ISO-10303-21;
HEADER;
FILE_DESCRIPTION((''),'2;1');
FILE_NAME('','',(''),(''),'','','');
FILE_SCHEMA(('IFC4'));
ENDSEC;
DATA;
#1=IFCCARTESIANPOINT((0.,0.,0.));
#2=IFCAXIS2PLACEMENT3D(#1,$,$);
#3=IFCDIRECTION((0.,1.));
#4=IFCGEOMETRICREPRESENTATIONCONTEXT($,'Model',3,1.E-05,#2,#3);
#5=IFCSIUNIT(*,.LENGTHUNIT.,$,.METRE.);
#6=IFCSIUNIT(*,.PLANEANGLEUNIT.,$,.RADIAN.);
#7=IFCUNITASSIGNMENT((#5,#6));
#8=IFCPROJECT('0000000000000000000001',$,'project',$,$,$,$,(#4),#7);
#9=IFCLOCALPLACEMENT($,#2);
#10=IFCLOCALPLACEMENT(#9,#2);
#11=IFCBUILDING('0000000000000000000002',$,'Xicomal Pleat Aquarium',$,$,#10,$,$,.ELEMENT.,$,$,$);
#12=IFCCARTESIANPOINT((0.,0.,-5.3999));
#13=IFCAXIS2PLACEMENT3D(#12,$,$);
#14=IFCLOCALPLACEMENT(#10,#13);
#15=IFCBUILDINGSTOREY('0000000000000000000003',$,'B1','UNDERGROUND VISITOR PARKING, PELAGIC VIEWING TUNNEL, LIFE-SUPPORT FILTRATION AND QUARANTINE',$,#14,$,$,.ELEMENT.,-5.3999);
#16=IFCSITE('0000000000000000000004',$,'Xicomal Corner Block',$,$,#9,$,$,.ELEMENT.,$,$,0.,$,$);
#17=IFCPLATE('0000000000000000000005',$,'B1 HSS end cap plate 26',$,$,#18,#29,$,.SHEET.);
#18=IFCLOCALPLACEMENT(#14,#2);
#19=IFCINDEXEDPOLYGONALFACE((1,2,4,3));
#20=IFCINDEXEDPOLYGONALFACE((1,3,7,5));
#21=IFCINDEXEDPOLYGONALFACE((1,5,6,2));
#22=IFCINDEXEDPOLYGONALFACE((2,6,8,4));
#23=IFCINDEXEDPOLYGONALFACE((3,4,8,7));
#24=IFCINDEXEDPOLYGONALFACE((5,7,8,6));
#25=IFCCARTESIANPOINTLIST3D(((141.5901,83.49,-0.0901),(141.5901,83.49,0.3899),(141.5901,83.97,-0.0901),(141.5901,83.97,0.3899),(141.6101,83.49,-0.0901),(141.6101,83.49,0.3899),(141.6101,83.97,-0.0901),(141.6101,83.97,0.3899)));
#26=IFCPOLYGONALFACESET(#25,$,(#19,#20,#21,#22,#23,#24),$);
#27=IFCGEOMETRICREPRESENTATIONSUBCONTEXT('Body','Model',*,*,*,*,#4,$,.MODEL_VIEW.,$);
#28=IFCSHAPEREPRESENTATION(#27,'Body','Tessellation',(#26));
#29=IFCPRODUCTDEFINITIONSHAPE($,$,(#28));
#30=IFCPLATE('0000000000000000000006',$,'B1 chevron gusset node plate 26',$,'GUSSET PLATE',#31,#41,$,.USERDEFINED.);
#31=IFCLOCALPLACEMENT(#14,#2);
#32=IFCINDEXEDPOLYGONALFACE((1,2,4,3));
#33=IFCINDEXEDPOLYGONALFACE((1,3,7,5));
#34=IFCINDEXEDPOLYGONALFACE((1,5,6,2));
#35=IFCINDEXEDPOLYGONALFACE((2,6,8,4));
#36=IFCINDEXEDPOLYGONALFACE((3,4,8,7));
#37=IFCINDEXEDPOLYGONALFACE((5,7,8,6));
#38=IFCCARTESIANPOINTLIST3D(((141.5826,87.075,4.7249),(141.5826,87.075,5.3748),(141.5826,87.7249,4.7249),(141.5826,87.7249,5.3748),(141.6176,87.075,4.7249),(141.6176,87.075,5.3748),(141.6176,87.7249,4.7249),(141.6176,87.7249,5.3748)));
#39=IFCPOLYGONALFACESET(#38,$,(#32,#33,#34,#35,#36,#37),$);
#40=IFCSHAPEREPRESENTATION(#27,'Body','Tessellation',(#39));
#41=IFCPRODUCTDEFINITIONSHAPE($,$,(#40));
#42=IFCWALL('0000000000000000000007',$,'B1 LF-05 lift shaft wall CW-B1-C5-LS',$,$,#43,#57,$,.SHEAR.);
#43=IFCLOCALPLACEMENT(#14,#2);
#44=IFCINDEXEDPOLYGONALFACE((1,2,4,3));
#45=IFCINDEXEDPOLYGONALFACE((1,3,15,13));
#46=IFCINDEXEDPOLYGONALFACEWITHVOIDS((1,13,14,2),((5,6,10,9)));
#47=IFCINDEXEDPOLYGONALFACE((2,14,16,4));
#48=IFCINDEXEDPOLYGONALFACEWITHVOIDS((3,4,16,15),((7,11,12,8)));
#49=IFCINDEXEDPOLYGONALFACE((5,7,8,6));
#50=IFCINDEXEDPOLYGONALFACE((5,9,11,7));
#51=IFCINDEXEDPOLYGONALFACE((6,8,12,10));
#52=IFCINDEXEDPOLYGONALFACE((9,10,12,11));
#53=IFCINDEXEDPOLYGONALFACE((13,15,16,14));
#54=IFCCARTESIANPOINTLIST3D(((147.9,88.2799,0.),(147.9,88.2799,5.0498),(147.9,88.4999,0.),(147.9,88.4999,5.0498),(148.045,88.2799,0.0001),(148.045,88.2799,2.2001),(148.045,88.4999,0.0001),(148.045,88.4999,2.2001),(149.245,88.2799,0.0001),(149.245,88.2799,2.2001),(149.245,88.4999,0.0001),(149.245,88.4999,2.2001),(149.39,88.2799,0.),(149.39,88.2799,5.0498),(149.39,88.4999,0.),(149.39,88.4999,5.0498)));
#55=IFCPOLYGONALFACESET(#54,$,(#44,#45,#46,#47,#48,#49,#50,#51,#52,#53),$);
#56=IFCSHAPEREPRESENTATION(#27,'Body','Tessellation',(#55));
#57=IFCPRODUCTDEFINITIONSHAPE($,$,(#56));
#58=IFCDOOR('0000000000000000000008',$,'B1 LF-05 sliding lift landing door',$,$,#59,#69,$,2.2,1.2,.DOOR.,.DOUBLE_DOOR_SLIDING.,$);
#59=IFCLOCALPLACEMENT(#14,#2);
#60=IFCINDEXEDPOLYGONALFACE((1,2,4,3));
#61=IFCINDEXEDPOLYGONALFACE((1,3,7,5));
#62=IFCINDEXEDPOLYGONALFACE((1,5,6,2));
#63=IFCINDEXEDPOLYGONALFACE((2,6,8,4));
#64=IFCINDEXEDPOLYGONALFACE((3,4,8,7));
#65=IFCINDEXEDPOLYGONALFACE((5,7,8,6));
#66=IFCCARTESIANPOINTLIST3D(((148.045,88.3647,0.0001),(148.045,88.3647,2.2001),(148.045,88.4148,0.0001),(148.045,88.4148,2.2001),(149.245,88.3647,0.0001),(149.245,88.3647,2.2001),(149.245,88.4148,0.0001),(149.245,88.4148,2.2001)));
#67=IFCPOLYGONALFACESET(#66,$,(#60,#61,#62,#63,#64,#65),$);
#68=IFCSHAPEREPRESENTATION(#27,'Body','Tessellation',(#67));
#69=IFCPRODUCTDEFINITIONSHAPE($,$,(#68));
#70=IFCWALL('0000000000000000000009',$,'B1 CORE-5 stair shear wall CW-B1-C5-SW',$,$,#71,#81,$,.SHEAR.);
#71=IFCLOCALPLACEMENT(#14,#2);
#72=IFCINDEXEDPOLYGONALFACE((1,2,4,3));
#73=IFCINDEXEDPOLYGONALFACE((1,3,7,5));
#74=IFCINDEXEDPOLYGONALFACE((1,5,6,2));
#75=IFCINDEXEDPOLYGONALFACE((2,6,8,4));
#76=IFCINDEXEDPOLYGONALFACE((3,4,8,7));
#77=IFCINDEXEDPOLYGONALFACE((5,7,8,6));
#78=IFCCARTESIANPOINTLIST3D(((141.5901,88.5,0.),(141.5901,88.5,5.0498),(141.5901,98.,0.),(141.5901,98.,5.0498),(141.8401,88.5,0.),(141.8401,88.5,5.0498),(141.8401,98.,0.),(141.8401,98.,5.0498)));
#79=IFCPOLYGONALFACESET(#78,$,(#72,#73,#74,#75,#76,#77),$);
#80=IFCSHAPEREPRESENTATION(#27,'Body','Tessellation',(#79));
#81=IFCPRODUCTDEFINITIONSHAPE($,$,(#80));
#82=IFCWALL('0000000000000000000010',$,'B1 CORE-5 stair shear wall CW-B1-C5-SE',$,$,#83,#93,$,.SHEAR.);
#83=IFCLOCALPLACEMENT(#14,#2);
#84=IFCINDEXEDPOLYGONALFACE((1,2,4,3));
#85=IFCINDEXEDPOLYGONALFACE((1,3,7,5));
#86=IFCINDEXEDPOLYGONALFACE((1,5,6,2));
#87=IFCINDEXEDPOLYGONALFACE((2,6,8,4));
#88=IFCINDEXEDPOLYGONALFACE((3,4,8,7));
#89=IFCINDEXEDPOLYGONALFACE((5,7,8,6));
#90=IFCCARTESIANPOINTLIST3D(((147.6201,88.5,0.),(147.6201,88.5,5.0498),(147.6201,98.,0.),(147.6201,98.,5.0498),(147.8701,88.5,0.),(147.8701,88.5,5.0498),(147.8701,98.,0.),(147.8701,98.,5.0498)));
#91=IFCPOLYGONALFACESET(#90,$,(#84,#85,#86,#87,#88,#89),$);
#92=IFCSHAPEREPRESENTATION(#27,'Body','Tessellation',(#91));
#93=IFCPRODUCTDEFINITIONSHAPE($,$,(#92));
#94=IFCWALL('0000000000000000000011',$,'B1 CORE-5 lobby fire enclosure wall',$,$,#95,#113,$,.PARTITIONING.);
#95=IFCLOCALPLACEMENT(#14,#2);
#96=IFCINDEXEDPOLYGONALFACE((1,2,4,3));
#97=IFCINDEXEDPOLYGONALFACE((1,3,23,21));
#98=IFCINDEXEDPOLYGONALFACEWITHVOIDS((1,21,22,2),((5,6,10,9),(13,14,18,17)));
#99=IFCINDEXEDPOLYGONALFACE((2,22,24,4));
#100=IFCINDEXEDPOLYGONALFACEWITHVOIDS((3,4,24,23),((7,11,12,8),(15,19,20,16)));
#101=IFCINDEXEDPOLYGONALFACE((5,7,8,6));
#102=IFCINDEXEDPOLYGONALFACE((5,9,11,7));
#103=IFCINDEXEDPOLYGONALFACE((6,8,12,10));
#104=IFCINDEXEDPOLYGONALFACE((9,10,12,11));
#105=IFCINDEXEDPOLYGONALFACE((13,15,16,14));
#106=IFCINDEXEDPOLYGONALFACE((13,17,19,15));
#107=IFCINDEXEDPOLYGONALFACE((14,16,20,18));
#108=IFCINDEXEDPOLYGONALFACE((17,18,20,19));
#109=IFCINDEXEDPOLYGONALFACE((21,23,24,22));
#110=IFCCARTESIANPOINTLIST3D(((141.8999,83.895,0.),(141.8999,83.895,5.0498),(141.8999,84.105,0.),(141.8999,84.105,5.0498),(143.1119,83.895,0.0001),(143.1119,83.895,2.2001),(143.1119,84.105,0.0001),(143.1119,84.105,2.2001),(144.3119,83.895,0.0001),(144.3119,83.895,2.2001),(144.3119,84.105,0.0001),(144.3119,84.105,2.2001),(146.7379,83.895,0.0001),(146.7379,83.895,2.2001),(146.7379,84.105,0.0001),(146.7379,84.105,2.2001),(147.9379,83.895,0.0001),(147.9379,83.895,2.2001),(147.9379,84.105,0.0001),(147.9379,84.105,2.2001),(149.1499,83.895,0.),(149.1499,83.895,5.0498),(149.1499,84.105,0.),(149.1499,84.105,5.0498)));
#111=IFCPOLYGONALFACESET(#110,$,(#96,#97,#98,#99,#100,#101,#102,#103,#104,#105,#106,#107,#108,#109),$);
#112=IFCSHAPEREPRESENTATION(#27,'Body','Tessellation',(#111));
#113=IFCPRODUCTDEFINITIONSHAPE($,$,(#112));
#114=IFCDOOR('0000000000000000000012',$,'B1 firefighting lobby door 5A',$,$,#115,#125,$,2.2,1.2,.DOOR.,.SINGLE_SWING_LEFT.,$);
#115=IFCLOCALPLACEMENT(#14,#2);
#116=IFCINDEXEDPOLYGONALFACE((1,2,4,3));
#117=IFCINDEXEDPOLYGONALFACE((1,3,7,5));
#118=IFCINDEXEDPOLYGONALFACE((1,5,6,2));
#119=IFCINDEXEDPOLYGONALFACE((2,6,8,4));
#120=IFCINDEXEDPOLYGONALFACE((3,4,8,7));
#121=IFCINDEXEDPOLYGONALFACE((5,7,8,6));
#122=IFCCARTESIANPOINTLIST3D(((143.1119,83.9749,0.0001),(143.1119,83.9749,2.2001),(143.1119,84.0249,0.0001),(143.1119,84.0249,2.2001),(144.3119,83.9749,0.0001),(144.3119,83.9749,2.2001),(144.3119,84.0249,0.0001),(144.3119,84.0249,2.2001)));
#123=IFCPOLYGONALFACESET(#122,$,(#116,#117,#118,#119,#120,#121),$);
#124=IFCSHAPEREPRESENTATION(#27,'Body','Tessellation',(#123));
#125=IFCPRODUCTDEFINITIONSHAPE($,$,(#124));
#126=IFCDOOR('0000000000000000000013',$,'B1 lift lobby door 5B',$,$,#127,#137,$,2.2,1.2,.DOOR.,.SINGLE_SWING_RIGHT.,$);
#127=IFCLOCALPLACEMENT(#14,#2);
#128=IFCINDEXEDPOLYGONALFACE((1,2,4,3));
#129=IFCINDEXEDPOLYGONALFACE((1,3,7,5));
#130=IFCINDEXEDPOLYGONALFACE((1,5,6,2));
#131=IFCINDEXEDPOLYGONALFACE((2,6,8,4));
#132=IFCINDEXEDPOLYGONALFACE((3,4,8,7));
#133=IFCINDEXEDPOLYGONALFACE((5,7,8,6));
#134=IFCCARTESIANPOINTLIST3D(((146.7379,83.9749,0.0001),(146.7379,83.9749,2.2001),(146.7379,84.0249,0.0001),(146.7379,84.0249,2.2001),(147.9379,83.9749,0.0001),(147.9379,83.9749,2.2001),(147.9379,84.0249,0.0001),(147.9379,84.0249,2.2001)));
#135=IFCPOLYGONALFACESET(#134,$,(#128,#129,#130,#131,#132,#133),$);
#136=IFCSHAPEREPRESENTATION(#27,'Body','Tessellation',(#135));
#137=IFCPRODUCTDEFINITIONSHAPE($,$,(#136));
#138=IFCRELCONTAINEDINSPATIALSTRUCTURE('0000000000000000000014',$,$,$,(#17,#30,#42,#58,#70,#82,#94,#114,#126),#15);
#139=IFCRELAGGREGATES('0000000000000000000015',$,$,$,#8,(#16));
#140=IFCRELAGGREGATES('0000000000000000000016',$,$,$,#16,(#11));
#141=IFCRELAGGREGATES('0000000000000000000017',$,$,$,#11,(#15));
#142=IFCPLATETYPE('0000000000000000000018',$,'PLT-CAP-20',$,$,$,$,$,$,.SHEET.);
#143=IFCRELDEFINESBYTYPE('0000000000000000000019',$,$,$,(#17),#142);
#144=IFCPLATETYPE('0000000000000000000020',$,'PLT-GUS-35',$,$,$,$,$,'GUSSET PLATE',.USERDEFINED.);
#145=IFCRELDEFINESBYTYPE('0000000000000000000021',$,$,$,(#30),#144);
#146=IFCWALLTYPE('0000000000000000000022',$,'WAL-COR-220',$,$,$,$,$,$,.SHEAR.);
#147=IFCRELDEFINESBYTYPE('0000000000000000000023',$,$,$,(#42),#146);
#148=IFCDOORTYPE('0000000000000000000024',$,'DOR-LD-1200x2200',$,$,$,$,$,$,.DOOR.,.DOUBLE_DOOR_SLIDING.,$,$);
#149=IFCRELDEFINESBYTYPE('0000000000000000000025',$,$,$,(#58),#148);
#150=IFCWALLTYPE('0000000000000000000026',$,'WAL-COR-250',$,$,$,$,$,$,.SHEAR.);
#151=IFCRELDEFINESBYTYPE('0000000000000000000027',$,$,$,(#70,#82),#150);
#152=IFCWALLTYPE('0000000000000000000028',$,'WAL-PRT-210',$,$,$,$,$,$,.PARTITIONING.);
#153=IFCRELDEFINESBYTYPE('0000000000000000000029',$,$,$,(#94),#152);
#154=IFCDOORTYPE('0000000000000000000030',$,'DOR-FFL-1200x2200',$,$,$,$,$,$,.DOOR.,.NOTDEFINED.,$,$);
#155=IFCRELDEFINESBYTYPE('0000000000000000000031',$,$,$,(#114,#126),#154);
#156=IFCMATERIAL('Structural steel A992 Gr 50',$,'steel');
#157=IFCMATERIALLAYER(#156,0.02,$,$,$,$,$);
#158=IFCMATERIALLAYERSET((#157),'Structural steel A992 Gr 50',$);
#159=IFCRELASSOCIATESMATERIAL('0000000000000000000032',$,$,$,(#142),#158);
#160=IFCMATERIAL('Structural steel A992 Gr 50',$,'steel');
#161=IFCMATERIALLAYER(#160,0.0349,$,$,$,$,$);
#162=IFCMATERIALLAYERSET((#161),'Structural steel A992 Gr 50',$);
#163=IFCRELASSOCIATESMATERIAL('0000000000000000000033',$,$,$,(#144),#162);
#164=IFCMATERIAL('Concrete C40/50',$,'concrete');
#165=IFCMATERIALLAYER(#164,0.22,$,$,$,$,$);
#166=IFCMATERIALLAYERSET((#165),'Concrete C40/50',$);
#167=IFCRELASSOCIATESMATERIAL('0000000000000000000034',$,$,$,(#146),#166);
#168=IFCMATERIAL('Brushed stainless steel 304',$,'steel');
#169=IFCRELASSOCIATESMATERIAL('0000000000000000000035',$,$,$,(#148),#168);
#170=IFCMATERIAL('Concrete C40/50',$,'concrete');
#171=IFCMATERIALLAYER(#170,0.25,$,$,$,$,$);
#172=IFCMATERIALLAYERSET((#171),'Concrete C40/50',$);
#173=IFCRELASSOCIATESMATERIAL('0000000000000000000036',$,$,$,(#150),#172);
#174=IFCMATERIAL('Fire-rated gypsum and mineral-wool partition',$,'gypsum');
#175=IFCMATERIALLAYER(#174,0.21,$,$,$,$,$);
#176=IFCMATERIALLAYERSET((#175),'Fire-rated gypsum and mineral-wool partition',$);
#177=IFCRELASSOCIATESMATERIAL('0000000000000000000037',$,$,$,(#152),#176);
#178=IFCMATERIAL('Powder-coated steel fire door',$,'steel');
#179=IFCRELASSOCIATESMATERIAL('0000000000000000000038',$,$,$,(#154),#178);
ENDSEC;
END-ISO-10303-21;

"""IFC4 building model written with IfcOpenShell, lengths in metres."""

from ifc_helpers import new_model, si_unit, direction, frame, frame_2d, origin, origin_2d, place, context, subcontext, project, spatial, rectangle, extrude, material, layer, layer_set, type_object, element, fill, save


model = new_model("IFC4")

# Units and contexts
model_context = context("Model", 3, precision=1e-05, world=origin(), true_north=direction((0.0, 1.0)))
body_context = subcontext(model_context, "Body", "Model", "MODEL_VIEW")
ifc_project = project(units=[si_unit("LENGTHUNIT", "METRE"), si_unit("PLANEANGLEUNIT", "RADIAN")], contexts=[model_context])

# Site, building, storey
site_placement = place(None, origin())
site = spatial("IfcSite", under=ifc_project, at=site_placement, Name="Xicomal Corner Block", CompositionType="ELEMENT", RefElevation=0.0)
building_placement = place(site_placement, origin())
building = spatial("IfcBuilding", under=site, at=building_placement, Name="Xicomal Pleat Aquarium", CompositionType="ELEMENT")
storey_placement = place(building_placement, frame((0.0, 0.0, -5.3999)))
storey = spatial("IfcBuildingStorey", under=building, at=storey_placement, Name="B1", Description="UNDERGROUND VISITOR PARKING, PELAGIC VIEWING TUNNEL, LIFE-SUPPORT FILTRATION AND QUARANTINE", CompositionType="ELEMENT", Elevation=-5.3999)

# Plates
ifc_material_1 = material(Name="Structural steel A992 Gr 50", Category="steel")
ifc_layer_1 = layer(ifc_material_1, 0.02)
ifc_layer_set_1 = layer_set([ifc_layer_1], Name="Structural steel A992 Gr 50")
plate_type_1 = type_object("IfcPlateType", Name="PLT-CAP-20", PredefinedType="SHEET", material=ifc_layer_set_1)
plate_1_placement = place(storey_placement, frame((141.6001, 83.73, -0.0901), z_axis=(0.0, 0.0, 1.0), x_axis=(0.0, 1.0, 0.0)))
element("IfcPlate", 1, at=plate_1_placement, inside=storey, type_object=plate_type_1, Name="B1 HSS end cap plate 26", PredefinedType="SHEET", context=body_context, shape_type="SweptSolid", body=[
    extrude(rectangle(XDim=0.48, YDim=0.02, at=origin_2d()), origin(), (0.0, 0.0, 1.0), 0.48),
])
ifc_material_2 = material(Name="Structural steel A992 Gr 50", Category="steel")
ifc_layer_2 = layer(ifc_material_2, 0.0349)
ifc_layer_set_2 = layer_set([ifc_layer_2], Name="Structural steel A992 Gr 50")
plate_type_2 = type_object("IfcPlateType", Name="PLT-GUS-35", ElementType="GUSSET PLATE", PredefinedType="USERDEFINED", material=ifc_layer_set_2)
plate_2_placement = place(storey_placement, frame((141.6001, 87.3999, 4.7249), z_axis=(0.0, 0.0, 1.0), x_axis=(0.0, 1.0, 0.0)))
element("IfcPlate", 2, at=plate_2_placement, inside=storey, type_object=plate_type_2, Name="B1 chevron gusset node plate 26", ObjectType="GUSSET PLATE", PredefinedType="USERDEFINED", context=body_context, shape_type="SweptSolid", body=[
    extrude(rectangle(XDim=0.6499, YDim=0.0349, at=origin_2d()), origin(), (0.0, 0.0, 1.0), 0.6499),
])

# Wall, opening, door
ifc_material_3 = material(Name="Concrete C40/50", Category="concrete")
ifc_layer_3 = layer(ifc_material_3, 0.22)
ifc_layer_set_3 = layer_set([ifc_layer_3], Name="Concrete C40/50")
wall_type_1 = type_object("IfcWallType", Name="WAL-COR-220", PredefinedType="SHEAR", material=ifc_layer_set_3)
wall_1_placement = place(storey_placement, frame((147.8999, 88.3899, 0.0), z_axis=(0.0, 0.0, 1.0), x_axis=(1.0, 0.0, 0.0)))
wall_1 = element("IfcWall", 3, at=wall_1_placement, inside=storey, type_object=wall_type_1, Name="B1 LF-05 lift shaft wall CW-B1-C5-LS", PredefinedType="SHEAR", context=body_context, shape_type="SweptSolid", body=[
    extrude(rectangle(XDim=1.49, YDim=0.22, at=frame_2d((0.7451, 0.0))), origin(), (0.0, 0.0, 1.0), 5.0498),
])
opening_1_placement = place(wall_1_placement, frame((0.145, 0.0, 0.0)))
opening_1 = element("IfcOpeningElement", 4, at=opening_1_placement, cuts=wall_1, PredefinedType="OPENING", context=body_context, shape_type="SweptSolid", body=[
    extrude(rectangle(XDim=1.2, YDim=2.2, at=frame_2d((0.6001, 1.1001))), frame((0.0, 0.1199, 0.0), z_axis=(0.0, -1.0, 0.0), x_axis=(1.0, 0.0, 0.0)), (0.0, 0.0, 1.0), 0.24),
])
ifc_material_4 = material(Name="Brushed stainless steel 304", Category="steel")
door_type_1 = type_object("IfcDoorType", Name="DOR-LD-1200x2200", OperationType="DOUBLE_DOOR_SLIDING", PredefinedType="DOOR", material=ifc_material_4)
door_1_placement = place(opening_1_placement, origin())
door_1 = element("IfcDoor", 5, at=door_1_placement, inside=storey, type_object=door_type_1, Name="B1 LF-05 sliding lift landing door", OperationType="DOUBLE_DOOR_SLIDING", OverallHeight=2.2, OverallWidth=1.2, PredefinedType="DOOR", context=body_context, shape_type="SweptSolid", body=[
    extrude(rectangle(XDim=1.2, YDim=2.2, at=frame_2d((0.6001, 1.1001))), frame((0.0, 0.0249, 0.0), z_axis=(0.0, -1.0, 0.0), x_axis=(1.0, 0.0, 0.0)), (0.0, 0.0, 1.0), 0.05),
])
fill(opening_1, door_1)

# Walls
ifc_material_5 = material(Name="Concrete C40/50", Category="concrete")
ifc_layer_4 = layer(ifc_material_5, 0.25)
ifc_layer_set_4 = layer_set([ifc_layer_4], Name="Concrete C40/50")
wall_type_2 = type_object("IfcWallType", Name="WAL-COR-250", PredefinedType="SHEAR", material=ifc_layer_set_4)
for number, where, z_axis, x_axis, name in (
    (6, (141.7151, 88.5, 0.0), (0.0, 0.0, 1.0), (0.0, 1.0, 0.0), "B1 CORE-5 stair shear wall CW-B1-C5-SW"),
    (7, (147.7451, 88.5, 0.0), (0.0, 0.0, 1.0), (0.0, 1.0, 0.0), "B1 CORE-5 stair shear wall CW-B1-C5-SE"),
):
    element("IfcWall", number, at=place(storey_placement, frame(where, z_axis=z_axis, x_axis=x_axis)), inside=storey, type_object=wall_type_2, Name=name, PredefinedType="SHEAR", context=body_context, shape_type="SweptSolid", body=[
        extrude(rectangle(XDim=9.5, YDim=0.25, at=frame_2d((4.75, 0.0))), origin(), (0.0, 0.0, 1.0), 5.0498),
    ])

# Wall, openings, doors
ifc_material_6 = material(Name="Fire-rated gypsum and mineral-wool partition", Category="gypsum")
ifc_layer_5 = layer(ifc_material_6, 0.21)
ifc_layer_set_5 = layer_set([ifc_layer_5], Name="Fire-rated gypsum and mineral-wool partition")
wall_type_3 = type_object("IfcWallType", Name="WAL-PRT-210", PredefinedType="PARTITIONING", material=ifc_layer_set_5)
wall_2_placement = place(storey_placement, frame((141.8999, 84.0, 0.0), z_axis=(0.0, 0.0, 1.0), x_axis=(1.0, 0.0, 0.0)))
wall_2 = element("IfcWall", 8, at=wall_2_placement, inside=storey, type_object=wall_type_3, Name="B1 CORE-5 lobby fire enclosure wall", PredefinedType="PARTITIONING", context=body_context, shape_type="SweptSolid", body=[
    extrude(rectangle(XDim=7.25, YDim=0.21, at=frame_2d((3.625, 0.0))), origin(), (0.0, 0.0, 1.0), 5.0498),
])
opening_2_placement = place(wall_2_placement, frame((1.2119, 0.0, 0.0)))
opening_2 = element("IfcOpeningElement", 9, at=opening_2_placement, cuts=wall_2, PredefinedType="OPENING", context=body_context, shape_type="SweptSolid", body=[
    extrude(rectangle(XDim=1.2, YDim=2.2, at=frame_2d((0.6001, 1.1001))), frame((0.0, 0.115, 0.0), z_axis=(0.0, -1.0, 0.0), x_axis=(1.0, 0.0, 0.0)), (0.0, 0.0, 1.0), 0.23),
])
opening_3_placement = place(wall_2_placement, frame((4.8379, 0.0, 0.0)))
opening_3 = element("IfcOpeningElement", 10, at=opening_3_placement, cuts=wall_2, PredefinedType="OPENING", context=body_context, shape_type="SweptSolid", body=[
    extrude(rectangle(XDim=1.2, YDim=2.2, at=frame_2d((0.6001, 1.1001))), frame((0.0, 0.115, 0.0), z_axis=(0.0, -1.0, 0.0), x_axis=(1.0, 0.0, 0.0)), (0.0, 0.0, 1.0), 0.23),
])
ifc_material_7 = material(Name="Powder-coated steel fire door", Category="steel")
door_type_2 = type_object("IfcDoorType", Name="DOR-FFL-1200x2200", OperationType="NOTDEFINED", PredefinedType="DOOR", material=ifc_material_7)
door_2_placement = place(opening_2_placement, origin())
door_2 = element("IfcDoor", 11, at=door_2_placement, inside=storey, type_object=door_type_2, Name="B1 firefighting lobby door 5A", OperationType="SINGLE_SWING_LEFT", OverallHeight=2.2, OverallWidth=1.2, PredefinedType="DOOR", context=body_context, shape_type="SweptSolid", body=[
    extrude(rectangle(XDim=1.2, YDim=2.2, at=frame_2d((0.6001, 1.1001))), frame((0.0, 0.0249, 0.0), z_axis=(0.0, -1.0, 0.0), x_axis=(1.0, 0.0, 0.0)), (0.0, 0.0, 1.0), 0.05),
])
fill(opening_2, door_2)
door_3_placement = place(opening_3_placement, origin())
door_3 = element("IfcDoor", 12, at=door_3_placement, inside=storey, type_object=door_type_2, Name="B1 lift lobby door 5B", OperationType="SINGLE_SWING_RIGHT", OverallHeight=2.2, OverallWidth=1.2, PredefinedType="DOOR", context=body_context, shape_type="SweptSolid", body=[
    extrude(rectangle(XDim=1.2, YDim=2.2, at=frame_2d((0.6001, 1.1001))), frame((0.0, 0.0249, 0.0), z_axis=(0.0, -1.0, 0.0), x_axis=(1.0, 0.0, 0.0)), (0.0, 0.0, 1.0), 0.05),
])
fill(opening_3, door_3)

save(model, "model.ifc")
